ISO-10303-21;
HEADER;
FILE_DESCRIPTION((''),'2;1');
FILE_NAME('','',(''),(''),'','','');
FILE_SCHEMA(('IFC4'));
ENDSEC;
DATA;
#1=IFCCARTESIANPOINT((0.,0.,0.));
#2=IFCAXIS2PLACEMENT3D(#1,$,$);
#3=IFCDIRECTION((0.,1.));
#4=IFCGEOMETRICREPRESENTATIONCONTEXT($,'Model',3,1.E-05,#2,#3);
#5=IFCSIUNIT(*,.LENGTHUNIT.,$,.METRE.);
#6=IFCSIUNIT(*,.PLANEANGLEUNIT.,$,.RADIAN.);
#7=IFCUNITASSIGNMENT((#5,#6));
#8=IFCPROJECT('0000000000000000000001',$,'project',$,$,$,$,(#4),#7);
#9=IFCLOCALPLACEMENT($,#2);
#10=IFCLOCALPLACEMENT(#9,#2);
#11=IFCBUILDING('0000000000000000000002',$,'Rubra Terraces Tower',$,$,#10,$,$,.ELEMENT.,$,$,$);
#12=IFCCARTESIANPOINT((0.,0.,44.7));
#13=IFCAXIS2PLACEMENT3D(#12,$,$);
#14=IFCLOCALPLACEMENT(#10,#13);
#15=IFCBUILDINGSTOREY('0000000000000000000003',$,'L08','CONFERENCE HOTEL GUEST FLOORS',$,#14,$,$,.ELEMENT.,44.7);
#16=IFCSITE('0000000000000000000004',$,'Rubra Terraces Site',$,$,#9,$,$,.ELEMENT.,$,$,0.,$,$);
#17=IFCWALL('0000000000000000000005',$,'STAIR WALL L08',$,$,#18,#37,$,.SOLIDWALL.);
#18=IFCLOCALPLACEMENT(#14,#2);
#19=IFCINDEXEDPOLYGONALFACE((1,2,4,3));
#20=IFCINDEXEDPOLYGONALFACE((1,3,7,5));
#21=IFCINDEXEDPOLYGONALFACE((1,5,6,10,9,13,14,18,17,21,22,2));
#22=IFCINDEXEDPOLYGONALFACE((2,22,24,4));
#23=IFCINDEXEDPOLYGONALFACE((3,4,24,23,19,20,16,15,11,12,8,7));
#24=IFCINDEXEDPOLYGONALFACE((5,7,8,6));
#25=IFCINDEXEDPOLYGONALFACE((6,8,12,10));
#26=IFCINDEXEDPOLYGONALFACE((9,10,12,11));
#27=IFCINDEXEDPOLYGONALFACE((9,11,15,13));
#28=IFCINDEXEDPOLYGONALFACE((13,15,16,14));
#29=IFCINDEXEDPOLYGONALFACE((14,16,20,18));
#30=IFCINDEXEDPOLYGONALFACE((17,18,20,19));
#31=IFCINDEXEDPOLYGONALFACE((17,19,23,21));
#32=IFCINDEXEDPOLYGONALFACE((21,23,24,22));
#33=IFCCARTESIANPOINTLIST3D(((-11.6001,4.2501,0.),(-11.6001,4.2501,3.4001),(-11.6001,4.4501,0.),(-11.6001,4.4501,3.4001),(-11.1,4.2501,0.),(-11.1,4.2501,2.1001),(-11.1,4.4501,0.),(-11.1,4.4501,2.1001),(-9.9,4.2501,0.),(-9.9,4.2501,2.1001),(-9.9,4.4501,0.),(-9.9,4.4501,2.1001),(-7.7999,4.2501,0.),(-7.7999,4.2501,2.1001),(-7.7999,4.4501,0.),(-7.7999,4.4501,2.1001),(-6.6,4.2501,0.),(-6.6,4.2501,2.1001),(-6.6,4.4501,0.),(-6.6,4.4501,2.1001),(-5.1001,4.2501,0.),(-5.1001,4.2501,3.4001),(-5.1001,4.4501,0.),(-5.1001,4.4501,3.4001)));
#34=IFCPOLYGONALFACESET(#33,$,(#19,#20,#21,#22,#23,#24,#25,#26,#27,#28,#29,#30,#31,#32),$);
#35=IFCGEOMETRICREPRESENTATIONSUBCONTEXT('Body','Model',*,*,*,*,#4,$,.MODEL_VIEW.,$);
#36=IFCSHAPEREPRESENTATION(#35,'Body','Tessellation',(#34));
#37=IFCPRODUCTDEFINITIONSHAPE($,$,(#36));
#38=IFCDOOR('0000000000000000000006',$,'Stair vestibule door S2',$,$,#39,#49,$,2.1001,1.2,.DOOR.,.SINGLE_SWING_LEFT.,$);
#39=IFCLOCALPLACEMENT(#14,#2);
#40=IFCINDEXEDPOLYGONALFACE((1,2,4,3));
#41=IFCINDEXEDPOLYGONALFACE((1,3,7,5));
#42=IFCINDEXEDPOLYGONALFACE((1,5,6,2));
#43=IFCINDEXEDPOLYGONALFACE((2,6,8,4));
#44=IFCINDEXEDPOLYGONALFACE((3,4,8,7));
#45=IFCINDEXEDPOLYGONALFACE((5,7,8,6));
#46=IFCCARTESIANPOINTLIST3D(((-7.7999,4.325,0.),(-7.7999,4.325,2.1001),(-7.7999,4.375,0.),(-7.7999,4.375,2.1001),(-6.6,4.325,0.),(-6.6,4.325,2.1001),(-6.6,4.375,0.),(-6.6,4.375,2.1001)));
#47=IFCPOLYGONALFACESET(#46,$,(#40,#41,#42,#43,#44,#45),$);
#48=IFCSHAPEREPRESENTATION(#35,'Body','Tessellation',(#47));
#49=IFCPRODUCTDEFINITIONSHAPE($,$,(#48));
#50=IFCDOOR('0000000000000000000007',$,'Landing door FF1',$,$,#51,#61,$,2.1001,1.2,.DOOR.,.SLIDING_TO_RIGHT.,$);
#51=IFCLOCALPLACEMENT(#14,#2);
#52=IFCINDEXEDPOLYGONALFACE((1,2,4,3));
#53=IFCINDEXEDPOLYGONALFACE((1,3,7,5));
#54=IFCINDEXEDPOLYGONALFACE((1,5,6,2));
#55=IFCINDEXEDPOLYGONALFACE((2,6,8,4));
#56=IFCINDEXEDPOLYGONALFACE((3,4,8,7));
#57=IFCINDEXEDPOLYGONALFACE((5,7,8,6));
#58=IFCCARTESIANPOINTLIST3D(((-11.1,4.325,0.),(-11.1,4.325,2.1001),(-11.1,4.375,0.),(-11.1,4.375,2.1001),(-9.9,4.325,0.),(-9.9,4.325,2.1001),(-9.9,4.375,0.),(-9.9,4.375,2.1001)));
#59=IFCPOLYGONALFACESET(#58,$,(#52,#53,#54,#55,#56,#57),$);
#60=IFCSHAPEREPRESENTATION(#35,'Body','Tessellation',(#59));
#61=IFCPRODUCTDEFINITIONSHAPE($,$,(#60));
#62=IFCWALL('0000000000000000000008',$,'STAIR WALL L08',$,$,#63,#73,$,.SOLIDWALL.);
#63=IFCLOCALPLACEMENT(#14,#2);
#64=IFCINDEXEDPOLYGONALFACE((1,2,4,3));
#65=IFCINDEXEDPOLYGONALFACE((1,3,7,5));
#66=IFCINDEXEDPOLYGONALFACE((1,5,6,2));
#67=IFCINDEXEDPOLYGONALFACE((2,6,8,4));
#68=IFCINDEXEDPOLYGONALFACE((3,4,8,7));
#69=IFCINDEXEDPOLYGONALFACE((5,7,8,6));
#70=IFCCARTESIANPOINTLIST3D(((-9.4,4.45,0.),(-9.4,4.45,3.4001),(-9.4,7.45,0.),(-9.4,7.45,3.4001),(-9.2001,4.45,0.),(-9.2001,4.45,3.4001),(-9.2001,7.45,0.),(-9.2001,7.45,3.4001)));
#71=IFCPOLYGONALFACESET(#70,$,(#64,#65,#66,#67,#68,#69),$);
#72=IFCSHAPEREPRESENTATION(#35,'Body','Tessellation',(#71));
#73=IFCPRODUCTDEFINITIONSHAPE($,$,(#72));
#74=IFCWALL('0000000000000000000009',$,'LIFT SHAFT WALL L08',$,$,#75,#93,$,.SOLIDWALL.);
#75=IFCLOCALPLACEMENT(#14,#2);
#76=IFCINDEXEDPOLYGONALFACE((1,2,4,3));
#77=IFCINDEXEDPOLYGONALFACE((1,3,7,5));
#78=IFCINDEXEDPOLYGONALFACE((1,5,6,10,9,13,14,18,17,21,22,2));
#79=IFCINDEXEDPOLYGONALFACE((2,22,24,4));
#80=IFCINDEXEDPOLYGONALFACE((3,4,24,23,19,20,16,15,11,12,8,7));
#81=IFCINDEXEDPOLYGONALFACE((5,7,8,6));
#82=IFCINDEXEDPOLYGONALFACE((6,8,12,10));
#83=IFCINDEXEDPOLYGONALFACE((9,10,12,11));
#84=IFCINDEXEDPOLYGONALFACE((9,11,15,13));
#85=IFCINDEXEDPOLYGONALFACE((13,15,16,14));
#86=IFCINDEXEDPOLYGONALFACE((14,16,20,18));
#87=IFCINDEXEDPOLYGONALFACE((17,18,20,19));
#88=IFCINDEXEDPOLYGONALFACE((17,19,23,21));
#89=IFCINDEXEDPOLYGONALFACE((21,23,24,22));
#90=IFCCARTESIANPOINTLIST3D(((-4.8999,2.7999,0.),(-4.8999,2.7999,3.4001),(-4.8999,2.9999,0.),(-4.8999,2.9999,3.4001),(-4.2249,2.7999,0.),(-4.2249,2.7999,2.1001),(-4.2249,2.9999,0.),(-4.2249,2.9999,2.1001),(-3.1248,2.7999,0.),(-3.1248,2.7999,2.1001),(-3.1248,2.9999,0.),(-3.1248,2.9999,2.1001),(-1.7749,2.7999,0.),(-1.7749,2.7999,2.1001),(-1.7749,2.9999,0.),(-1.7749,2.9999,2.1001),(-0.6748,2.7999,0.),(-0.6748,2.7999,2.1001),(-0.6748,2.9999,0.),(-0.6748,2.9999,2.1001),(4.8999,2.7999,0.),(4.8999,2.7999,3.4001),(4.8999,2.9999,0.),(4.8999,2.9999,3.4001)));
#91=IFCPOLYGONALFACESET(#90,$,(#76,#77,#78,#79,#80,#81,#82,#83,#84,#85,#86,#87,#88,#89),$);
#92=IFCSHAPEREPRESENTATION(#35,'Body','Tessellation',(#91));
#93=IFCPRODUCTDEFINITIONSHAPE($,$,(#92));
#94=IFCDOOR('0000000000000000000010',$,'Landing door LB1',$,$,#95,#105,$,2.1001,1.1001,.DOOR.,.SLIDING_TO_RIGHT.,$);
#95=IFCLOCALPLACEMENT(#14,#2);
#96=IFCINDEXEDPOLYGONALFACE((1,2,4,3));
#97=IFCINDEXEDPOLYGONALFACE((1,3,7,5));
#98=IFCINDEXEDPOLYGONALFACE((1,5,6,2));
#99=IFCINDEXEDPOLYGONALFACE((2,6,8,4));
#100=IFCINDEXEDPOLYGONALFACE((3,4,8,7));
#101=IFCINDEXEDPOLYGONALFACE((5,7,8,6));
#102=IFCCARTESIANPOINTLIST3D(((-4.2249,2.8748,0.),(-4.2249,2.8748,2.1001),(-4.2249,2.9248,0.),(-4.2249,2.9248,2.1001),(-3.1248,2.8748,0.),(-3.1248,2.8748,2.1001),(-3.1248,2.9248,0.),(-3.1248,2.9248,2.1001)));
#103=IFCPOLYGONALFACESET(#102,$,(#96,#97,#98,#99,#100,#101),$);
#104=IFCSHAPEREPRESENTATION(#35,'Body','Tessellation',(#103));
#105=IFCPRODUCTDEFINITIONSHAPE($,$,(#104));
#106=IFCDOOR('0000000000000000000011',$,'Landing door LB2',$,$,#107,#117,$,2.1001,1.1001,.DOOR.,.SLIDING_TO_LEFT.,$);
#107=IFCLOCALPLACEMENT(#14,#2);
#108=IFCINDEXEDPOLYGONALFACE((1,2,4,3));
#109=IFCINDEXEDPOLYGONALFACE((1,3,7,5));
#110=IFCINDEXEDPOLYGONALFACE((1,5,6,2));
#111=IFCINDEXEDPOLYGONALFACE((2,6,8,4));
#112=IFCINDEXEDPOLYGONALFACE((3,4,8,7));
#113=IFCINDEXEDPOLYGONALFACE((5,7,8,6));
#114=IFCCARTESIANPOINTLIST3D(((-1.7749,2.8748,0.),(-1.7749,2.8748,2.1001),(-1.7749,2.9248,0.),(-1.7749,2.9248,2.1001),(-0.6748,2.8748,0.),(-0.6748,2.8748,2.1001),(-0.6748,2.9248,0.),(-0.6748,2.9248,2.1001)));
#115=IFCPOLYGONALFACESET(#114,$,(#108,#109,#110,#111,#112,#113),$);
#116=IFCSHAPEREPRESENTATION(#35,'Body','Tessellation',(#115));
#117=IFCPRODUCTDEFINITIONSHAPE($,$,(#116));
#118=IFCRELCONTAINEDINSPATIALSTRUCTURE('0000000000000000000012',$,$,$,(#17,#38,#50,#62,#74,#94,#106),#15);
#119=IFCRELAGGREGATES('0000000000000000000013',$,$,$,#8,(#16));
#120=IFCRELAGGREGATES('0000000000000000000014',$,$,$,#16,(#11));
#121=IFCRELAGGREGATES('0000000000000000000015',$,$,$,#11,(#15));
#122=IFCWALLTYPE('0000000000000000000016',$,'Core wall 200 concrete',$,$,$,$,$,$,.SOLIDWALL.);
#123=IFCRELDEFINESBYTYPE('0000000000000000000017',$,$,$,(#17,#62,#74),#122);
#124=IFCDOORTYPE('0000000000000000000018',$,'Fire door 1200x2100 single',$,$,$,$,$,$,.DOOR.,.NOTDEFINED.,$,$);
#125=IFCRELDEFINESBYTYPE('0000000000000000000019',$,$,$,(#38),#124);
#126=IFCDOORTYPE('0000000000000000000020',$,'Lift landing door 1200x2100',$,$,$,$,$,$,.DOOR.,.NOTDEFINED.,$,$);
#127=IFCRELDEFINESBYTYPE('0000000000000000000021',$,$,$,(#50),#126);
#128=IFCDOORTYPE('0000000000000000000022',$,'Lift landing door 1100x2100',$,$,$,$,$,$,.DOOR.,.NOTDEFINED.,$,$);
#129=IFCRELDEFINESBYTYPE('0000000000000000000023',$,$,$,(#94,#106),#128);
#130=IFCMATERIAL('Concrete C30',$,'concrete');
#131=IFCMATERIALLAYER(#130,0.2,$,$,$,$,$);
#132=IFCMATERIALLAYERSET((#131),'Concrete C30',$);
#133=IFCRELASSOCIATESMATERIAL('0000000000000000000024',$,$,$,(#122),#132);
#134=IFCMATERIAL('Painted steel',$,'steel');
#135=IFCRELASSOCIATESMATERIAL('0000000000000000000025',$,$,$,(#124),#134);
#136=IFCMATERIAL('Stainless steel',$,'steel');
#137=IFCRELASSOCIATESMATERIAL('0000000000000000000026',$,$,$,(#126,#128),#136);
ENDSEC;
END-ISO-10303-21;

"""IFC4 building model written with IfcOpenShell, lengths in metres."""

from ifc_helpers import new_model, si_unit, direction, frame, frame_2d, origin, place, context, subcontext, project, spatial, rectangle, extrude, material, layer, layer_set, type_object, element, fill, save


model = new_model("IFC4")

# Units and contexts
model_context = context("Model", 3, precision=1e-05, world=origin(), true_north=direction((0.0, 1.0)))
body_context = subcontext(model_context, "Body", "Model", "MODEL_VIEW")
ifc_project = project(units=[si_unit("LENGTHUNIT", "METRE"), si_unit("PLANEANGLEUNIT", "RADIAN")], contexts=[model_context])

# Site, building, storey
site_placement = place(None, origin())
site = spatial("IfcSite", under=ifc_project, at=site_placement, Name="Rubra Terraces Site", CompositionType="ELEMENT", RefElevation=0.0)
building_placement = place(site_placement, origin())
building = spatial("IfcBuilding", under=site, at=building_placement, Name="Rubra Terraces Tower", CompositionType="ELEMENT")
storey_placement = place(building_placement, frame((0.0, 0.0, 44.7)))
storey = spatial("IfcBuildingStorey", under=building, at=storey_placement, Name="L08", Description="CONFERENCE HOTEL GUEST FLOORS", CompositionType="ELEMENT", Elevation=44.7)

# Wall, openings, doors
ifc_material_1 = material(Name="Concrete C30", Category="concrete")
ifc_layer_1 = layer(ifc_material_1, 0.2)
ifc_layer_set_1 = layer_set([ifc_layer_1], Name="Concrete C30")
wall_type_1 = type_object("IfcWallType", Name="Core wall 200 concrete", PredefinedType="SOLIDWALL", material=ifc_layer_set_1)
wall_1_placement = place(storey_placement, frame((-11.6001, 4.3501, 0.0), z_axis=(0.0, 0.0, 1.0), x_axis=(1.0, 0.0, 0.0)))
wall_1 = element("IfcWall", 1, at=wall_1_placement, inside=storey, type_object=wall_type_1, Name="STAIR WALL L08", PredefinedType="SOLIDWALL", context=body_context, shape_type="SweptSolid", body=[
    extrude(rectangle(XDim=6.5, YDim=0.2, at=frame_2d((3.25, 0.0))), origin(), (0.0, 0.0, 1.0), 3.4001),
])
opening_1_placement = place(wall_1_placement, frame((3.8, 0.0, 0.0)))
opening_1 = element("IfcOpeningElement", 2, at=opening_1_placement, cuts=wall_1, PredefinedType="OPENING", context=body_context, shape_type="SweptSolid", body=[
    extrude(rectangle(XDim=1.2, YDim=2.1001, at=frame_2d((0.6001, 1.05))), frame((0.0, 0.1099, 0.0), z_axis=(0.0, -1.0, 0.0), x_axis=(1.0, 0.0, 0.0)), (0.0, 0.0, 1.0), 0.22),
])
opening_2_placement = place(wall_1_placement, frame((0.5, 0.0, 0.0)))
opening_2 = element("IfcOpeningElement", 3, at=opening_2_placement, cuts=wall_1, PredefinedType="OPENING", context=body_context, shape_type="SweptSolid", body=[
    extrude(rectangle(XDim=1.2, YDim=2.1001, at=frame_2d((0.6001, 1.05))), frame((0.0, 0.1099, 0.0), z_axis=(0.0, -1.0, 0.0), x_axis=(1.0, 0.0, 0.0)), (0.0, 0.0, 1.0), 0.22),
])
ifc_material_2 = material(Name="Painted steel", Category="steel")
door_type_1 = type_object("IfcDoorType", Name="Fire door 1200x2100 single", OperationType="NOTDEFINED", PredefinedType="DOOR", material=ifc_material_2)
door_1_placement = place(opening_1_placement, origin())
door_1 = element("IfcDoor", 4, at=door_1_placement, inside=storey, type_object=door_type_1, Name="Stair vestibule door S2", OperationType="SINGLE_SWING_LEFT", OverallHeight=2.1001, OverallWidth=1.2, PredefinedType="DOOR", context=body_context, shape_type="SweptSolid", body=[
    extrude(rectangle(XDim=1.2, YDim=2.1001, at=frame_2d((0.6001, 1.05))), frame((0.0, 0.0249, 0.0), z_axis=(0.0, -1.0, 0.0), x_axis=(1.0, 0.0, 0.0)), (0.0, 0.0, 1.0), 0.05),
])
fill(opening_1, door_1)
ifc_material_3 = material(Name="Stainless steel", Category="steel")
door_type_2 = type_object("IfcDoorType", Name="Lift landing door 1200x2100", OperationType="NOTDEFINED", PredefinedType="DOOR", material=ifc_material_3)
door_2_placement = place(opening_2_placement, origin())
door_2 = element("IfcDoor", 5, at=door_2_placement, inside=storey, type_object=door_type_2, Name="Landing door FF1", OperationType="SLIDING_TO_RIGHT", OverallHeight=2.1001, OverallWidth=1.2, PredefinedType="DOOR", context=body_context, shape_type="SweptSolid", body=[
    extrude(rectangle(XDim=1.2, YDim=2.1001, at=frame_2d((0.6001, 1.05))), frame((0.0, 0.0249, 0.0), z_axis=(0.0, -1.0, 0.0), x_axis=(1.0, 0.0, 0.0)), (0.0, 0.0, 1.0), 0.05),
])
fill(opening_2, door_2)

# Wall
wall_2_placement = place(storey_placement, frame((-9.3, 4.45, 0.0), z_axis=(0.0, 0.0, 1.0), x_axis=(0.0, 1.0, 0.0)))
element("IfcWall", 6, at=wall_2_placement, inside=storey, type_object=wall_type_1, Name="STAIR WALL L08", PredefinedType="SOLIDWALL", context=body_context, shape_type="SweptSolid", body=[
    extrude(rectangle(XDim=3.0, YDim=0.2, at=frame_2d((1.5, 0.0))), origin(), (0.0, 0.0, 1.0), 3.4001),
])

# Wall, openings, doors
wall_3_placement = place(storey_placement, frame((-4.8999, 2.8999, 0.0), z_axis=(0.0, 0.0, 1.0), x_axis=(1.0, 0.0, 0.0)))
wall_3 = element("IfcWall", 7, at=wall_3_placement, inside=storey, type_object=wall_type_1, Name="LIFT SHAFT WALL L08", PredefinedType="SOLIDWALL", context=body_context, shape_type="SweptSolid", body=[
    extrude(rectangle(XDim=9.7998, YDim=0.2, at=frame_2d((4.8999, 0.0))), origin(), (0.0, 0.0, 1.0), 3.4001),
])
opening_3_placement = place(wall_3_placement, frame((0.675, 0.0, 0.0)))
opening_3 = element("IfcOpeningElement", 8, at=opening_3_placement, cuts=wall_3, PredefinedType="OPENING", context=body_context, shape_type="SweptSolid", body=[
    extrude(rectangle(XDim=1.1001, YDim=2.1001, at=frame_2d((0.55, 1.05))), frame((0.0, 0.1099, 0.0), z_axis=(0.0, -1.0, 0.0), x_axis=(1.0, 0.0, 0.0)), (0.0, 0.0, 1.0), 0.22),
])
opening_4_placement = place(wall_3_placement, frame((3.125, 0.0, 0.0)))
opening_4 = element("IfcOpeningElement", 9, at=opening_4_placement, cuts=wall_3, PredefinedType="OPENING", context=body_context, shape_type="SweptSolid", body=[
    extrude(rectangle(XDim=1.1001, YDim=2.1001, at=frame_2d((0.55, 1.05))), frame((0.0, 0.1099, 0.0), z_axis=(0.0, -1.0, 0.0), x_axis=(1.0, 0.0, 0.0)), (0.0, 0.0, 1.0), 0.22),
])
door_type_3 = type_object("IfcDoorType", Name="Lift landing door 1100x2100", OperationType="NOTDEFINED", PredefinedType="DOOR", material=ifc_material_3)
door_3_placement = place(opening_3_placement, origin())
door_3 = element("IfcDoor", 10, at=door_3_placement, inside=storey, type_object=door_type_3, Name="Landing door LB1", OperationType="SLIDING_TO_RIGHT", OverallHeight=2.1001, OverallWidth=1.1001, PredefinedType="DOOR", context=body_context, shape_type="SweptSolid", body=[
    extrude(rectangle(XDim=1.1001, YDim=2.1001, at=frame_2d((0.55, 1.05))), frame((0.0, 0.0249, 0.0), z_axis=(0.0, -1.0, 0.0), x_axis=(1.0, 0.0, 0.0)), (0.0, 0.0, 1.0), 0.05),
])
fill(opening_3, door_3)
door_4_placement = place(opening_4_placement, origin())
door_4 = element("IfcDoor", 11, at=door_4_placement, inside=storey, type_object=door_type_3, Name="Landing door LB2", OperationType="SLIDING_TO_LEFT", OverallHeight=2.1001, OverallWidth=1.1001, PredefinedType="DOOR", context=body_context, shape_type="SweptSolid", body=[
    extrude(rectangle(XDim=1.1001, YDim=2.1001, at=frame_2d((0.55, 1.05))), frame((0.0, 0.0249, 0.0), z_axis=(0.0, -1.0, 0.0), x_axis=(1.0, 0.0, 0.0)), (0.0, 0.0, 1.0), 0.05),
])
fill(opening_4, door_4)

save(model, "model.ifc")
